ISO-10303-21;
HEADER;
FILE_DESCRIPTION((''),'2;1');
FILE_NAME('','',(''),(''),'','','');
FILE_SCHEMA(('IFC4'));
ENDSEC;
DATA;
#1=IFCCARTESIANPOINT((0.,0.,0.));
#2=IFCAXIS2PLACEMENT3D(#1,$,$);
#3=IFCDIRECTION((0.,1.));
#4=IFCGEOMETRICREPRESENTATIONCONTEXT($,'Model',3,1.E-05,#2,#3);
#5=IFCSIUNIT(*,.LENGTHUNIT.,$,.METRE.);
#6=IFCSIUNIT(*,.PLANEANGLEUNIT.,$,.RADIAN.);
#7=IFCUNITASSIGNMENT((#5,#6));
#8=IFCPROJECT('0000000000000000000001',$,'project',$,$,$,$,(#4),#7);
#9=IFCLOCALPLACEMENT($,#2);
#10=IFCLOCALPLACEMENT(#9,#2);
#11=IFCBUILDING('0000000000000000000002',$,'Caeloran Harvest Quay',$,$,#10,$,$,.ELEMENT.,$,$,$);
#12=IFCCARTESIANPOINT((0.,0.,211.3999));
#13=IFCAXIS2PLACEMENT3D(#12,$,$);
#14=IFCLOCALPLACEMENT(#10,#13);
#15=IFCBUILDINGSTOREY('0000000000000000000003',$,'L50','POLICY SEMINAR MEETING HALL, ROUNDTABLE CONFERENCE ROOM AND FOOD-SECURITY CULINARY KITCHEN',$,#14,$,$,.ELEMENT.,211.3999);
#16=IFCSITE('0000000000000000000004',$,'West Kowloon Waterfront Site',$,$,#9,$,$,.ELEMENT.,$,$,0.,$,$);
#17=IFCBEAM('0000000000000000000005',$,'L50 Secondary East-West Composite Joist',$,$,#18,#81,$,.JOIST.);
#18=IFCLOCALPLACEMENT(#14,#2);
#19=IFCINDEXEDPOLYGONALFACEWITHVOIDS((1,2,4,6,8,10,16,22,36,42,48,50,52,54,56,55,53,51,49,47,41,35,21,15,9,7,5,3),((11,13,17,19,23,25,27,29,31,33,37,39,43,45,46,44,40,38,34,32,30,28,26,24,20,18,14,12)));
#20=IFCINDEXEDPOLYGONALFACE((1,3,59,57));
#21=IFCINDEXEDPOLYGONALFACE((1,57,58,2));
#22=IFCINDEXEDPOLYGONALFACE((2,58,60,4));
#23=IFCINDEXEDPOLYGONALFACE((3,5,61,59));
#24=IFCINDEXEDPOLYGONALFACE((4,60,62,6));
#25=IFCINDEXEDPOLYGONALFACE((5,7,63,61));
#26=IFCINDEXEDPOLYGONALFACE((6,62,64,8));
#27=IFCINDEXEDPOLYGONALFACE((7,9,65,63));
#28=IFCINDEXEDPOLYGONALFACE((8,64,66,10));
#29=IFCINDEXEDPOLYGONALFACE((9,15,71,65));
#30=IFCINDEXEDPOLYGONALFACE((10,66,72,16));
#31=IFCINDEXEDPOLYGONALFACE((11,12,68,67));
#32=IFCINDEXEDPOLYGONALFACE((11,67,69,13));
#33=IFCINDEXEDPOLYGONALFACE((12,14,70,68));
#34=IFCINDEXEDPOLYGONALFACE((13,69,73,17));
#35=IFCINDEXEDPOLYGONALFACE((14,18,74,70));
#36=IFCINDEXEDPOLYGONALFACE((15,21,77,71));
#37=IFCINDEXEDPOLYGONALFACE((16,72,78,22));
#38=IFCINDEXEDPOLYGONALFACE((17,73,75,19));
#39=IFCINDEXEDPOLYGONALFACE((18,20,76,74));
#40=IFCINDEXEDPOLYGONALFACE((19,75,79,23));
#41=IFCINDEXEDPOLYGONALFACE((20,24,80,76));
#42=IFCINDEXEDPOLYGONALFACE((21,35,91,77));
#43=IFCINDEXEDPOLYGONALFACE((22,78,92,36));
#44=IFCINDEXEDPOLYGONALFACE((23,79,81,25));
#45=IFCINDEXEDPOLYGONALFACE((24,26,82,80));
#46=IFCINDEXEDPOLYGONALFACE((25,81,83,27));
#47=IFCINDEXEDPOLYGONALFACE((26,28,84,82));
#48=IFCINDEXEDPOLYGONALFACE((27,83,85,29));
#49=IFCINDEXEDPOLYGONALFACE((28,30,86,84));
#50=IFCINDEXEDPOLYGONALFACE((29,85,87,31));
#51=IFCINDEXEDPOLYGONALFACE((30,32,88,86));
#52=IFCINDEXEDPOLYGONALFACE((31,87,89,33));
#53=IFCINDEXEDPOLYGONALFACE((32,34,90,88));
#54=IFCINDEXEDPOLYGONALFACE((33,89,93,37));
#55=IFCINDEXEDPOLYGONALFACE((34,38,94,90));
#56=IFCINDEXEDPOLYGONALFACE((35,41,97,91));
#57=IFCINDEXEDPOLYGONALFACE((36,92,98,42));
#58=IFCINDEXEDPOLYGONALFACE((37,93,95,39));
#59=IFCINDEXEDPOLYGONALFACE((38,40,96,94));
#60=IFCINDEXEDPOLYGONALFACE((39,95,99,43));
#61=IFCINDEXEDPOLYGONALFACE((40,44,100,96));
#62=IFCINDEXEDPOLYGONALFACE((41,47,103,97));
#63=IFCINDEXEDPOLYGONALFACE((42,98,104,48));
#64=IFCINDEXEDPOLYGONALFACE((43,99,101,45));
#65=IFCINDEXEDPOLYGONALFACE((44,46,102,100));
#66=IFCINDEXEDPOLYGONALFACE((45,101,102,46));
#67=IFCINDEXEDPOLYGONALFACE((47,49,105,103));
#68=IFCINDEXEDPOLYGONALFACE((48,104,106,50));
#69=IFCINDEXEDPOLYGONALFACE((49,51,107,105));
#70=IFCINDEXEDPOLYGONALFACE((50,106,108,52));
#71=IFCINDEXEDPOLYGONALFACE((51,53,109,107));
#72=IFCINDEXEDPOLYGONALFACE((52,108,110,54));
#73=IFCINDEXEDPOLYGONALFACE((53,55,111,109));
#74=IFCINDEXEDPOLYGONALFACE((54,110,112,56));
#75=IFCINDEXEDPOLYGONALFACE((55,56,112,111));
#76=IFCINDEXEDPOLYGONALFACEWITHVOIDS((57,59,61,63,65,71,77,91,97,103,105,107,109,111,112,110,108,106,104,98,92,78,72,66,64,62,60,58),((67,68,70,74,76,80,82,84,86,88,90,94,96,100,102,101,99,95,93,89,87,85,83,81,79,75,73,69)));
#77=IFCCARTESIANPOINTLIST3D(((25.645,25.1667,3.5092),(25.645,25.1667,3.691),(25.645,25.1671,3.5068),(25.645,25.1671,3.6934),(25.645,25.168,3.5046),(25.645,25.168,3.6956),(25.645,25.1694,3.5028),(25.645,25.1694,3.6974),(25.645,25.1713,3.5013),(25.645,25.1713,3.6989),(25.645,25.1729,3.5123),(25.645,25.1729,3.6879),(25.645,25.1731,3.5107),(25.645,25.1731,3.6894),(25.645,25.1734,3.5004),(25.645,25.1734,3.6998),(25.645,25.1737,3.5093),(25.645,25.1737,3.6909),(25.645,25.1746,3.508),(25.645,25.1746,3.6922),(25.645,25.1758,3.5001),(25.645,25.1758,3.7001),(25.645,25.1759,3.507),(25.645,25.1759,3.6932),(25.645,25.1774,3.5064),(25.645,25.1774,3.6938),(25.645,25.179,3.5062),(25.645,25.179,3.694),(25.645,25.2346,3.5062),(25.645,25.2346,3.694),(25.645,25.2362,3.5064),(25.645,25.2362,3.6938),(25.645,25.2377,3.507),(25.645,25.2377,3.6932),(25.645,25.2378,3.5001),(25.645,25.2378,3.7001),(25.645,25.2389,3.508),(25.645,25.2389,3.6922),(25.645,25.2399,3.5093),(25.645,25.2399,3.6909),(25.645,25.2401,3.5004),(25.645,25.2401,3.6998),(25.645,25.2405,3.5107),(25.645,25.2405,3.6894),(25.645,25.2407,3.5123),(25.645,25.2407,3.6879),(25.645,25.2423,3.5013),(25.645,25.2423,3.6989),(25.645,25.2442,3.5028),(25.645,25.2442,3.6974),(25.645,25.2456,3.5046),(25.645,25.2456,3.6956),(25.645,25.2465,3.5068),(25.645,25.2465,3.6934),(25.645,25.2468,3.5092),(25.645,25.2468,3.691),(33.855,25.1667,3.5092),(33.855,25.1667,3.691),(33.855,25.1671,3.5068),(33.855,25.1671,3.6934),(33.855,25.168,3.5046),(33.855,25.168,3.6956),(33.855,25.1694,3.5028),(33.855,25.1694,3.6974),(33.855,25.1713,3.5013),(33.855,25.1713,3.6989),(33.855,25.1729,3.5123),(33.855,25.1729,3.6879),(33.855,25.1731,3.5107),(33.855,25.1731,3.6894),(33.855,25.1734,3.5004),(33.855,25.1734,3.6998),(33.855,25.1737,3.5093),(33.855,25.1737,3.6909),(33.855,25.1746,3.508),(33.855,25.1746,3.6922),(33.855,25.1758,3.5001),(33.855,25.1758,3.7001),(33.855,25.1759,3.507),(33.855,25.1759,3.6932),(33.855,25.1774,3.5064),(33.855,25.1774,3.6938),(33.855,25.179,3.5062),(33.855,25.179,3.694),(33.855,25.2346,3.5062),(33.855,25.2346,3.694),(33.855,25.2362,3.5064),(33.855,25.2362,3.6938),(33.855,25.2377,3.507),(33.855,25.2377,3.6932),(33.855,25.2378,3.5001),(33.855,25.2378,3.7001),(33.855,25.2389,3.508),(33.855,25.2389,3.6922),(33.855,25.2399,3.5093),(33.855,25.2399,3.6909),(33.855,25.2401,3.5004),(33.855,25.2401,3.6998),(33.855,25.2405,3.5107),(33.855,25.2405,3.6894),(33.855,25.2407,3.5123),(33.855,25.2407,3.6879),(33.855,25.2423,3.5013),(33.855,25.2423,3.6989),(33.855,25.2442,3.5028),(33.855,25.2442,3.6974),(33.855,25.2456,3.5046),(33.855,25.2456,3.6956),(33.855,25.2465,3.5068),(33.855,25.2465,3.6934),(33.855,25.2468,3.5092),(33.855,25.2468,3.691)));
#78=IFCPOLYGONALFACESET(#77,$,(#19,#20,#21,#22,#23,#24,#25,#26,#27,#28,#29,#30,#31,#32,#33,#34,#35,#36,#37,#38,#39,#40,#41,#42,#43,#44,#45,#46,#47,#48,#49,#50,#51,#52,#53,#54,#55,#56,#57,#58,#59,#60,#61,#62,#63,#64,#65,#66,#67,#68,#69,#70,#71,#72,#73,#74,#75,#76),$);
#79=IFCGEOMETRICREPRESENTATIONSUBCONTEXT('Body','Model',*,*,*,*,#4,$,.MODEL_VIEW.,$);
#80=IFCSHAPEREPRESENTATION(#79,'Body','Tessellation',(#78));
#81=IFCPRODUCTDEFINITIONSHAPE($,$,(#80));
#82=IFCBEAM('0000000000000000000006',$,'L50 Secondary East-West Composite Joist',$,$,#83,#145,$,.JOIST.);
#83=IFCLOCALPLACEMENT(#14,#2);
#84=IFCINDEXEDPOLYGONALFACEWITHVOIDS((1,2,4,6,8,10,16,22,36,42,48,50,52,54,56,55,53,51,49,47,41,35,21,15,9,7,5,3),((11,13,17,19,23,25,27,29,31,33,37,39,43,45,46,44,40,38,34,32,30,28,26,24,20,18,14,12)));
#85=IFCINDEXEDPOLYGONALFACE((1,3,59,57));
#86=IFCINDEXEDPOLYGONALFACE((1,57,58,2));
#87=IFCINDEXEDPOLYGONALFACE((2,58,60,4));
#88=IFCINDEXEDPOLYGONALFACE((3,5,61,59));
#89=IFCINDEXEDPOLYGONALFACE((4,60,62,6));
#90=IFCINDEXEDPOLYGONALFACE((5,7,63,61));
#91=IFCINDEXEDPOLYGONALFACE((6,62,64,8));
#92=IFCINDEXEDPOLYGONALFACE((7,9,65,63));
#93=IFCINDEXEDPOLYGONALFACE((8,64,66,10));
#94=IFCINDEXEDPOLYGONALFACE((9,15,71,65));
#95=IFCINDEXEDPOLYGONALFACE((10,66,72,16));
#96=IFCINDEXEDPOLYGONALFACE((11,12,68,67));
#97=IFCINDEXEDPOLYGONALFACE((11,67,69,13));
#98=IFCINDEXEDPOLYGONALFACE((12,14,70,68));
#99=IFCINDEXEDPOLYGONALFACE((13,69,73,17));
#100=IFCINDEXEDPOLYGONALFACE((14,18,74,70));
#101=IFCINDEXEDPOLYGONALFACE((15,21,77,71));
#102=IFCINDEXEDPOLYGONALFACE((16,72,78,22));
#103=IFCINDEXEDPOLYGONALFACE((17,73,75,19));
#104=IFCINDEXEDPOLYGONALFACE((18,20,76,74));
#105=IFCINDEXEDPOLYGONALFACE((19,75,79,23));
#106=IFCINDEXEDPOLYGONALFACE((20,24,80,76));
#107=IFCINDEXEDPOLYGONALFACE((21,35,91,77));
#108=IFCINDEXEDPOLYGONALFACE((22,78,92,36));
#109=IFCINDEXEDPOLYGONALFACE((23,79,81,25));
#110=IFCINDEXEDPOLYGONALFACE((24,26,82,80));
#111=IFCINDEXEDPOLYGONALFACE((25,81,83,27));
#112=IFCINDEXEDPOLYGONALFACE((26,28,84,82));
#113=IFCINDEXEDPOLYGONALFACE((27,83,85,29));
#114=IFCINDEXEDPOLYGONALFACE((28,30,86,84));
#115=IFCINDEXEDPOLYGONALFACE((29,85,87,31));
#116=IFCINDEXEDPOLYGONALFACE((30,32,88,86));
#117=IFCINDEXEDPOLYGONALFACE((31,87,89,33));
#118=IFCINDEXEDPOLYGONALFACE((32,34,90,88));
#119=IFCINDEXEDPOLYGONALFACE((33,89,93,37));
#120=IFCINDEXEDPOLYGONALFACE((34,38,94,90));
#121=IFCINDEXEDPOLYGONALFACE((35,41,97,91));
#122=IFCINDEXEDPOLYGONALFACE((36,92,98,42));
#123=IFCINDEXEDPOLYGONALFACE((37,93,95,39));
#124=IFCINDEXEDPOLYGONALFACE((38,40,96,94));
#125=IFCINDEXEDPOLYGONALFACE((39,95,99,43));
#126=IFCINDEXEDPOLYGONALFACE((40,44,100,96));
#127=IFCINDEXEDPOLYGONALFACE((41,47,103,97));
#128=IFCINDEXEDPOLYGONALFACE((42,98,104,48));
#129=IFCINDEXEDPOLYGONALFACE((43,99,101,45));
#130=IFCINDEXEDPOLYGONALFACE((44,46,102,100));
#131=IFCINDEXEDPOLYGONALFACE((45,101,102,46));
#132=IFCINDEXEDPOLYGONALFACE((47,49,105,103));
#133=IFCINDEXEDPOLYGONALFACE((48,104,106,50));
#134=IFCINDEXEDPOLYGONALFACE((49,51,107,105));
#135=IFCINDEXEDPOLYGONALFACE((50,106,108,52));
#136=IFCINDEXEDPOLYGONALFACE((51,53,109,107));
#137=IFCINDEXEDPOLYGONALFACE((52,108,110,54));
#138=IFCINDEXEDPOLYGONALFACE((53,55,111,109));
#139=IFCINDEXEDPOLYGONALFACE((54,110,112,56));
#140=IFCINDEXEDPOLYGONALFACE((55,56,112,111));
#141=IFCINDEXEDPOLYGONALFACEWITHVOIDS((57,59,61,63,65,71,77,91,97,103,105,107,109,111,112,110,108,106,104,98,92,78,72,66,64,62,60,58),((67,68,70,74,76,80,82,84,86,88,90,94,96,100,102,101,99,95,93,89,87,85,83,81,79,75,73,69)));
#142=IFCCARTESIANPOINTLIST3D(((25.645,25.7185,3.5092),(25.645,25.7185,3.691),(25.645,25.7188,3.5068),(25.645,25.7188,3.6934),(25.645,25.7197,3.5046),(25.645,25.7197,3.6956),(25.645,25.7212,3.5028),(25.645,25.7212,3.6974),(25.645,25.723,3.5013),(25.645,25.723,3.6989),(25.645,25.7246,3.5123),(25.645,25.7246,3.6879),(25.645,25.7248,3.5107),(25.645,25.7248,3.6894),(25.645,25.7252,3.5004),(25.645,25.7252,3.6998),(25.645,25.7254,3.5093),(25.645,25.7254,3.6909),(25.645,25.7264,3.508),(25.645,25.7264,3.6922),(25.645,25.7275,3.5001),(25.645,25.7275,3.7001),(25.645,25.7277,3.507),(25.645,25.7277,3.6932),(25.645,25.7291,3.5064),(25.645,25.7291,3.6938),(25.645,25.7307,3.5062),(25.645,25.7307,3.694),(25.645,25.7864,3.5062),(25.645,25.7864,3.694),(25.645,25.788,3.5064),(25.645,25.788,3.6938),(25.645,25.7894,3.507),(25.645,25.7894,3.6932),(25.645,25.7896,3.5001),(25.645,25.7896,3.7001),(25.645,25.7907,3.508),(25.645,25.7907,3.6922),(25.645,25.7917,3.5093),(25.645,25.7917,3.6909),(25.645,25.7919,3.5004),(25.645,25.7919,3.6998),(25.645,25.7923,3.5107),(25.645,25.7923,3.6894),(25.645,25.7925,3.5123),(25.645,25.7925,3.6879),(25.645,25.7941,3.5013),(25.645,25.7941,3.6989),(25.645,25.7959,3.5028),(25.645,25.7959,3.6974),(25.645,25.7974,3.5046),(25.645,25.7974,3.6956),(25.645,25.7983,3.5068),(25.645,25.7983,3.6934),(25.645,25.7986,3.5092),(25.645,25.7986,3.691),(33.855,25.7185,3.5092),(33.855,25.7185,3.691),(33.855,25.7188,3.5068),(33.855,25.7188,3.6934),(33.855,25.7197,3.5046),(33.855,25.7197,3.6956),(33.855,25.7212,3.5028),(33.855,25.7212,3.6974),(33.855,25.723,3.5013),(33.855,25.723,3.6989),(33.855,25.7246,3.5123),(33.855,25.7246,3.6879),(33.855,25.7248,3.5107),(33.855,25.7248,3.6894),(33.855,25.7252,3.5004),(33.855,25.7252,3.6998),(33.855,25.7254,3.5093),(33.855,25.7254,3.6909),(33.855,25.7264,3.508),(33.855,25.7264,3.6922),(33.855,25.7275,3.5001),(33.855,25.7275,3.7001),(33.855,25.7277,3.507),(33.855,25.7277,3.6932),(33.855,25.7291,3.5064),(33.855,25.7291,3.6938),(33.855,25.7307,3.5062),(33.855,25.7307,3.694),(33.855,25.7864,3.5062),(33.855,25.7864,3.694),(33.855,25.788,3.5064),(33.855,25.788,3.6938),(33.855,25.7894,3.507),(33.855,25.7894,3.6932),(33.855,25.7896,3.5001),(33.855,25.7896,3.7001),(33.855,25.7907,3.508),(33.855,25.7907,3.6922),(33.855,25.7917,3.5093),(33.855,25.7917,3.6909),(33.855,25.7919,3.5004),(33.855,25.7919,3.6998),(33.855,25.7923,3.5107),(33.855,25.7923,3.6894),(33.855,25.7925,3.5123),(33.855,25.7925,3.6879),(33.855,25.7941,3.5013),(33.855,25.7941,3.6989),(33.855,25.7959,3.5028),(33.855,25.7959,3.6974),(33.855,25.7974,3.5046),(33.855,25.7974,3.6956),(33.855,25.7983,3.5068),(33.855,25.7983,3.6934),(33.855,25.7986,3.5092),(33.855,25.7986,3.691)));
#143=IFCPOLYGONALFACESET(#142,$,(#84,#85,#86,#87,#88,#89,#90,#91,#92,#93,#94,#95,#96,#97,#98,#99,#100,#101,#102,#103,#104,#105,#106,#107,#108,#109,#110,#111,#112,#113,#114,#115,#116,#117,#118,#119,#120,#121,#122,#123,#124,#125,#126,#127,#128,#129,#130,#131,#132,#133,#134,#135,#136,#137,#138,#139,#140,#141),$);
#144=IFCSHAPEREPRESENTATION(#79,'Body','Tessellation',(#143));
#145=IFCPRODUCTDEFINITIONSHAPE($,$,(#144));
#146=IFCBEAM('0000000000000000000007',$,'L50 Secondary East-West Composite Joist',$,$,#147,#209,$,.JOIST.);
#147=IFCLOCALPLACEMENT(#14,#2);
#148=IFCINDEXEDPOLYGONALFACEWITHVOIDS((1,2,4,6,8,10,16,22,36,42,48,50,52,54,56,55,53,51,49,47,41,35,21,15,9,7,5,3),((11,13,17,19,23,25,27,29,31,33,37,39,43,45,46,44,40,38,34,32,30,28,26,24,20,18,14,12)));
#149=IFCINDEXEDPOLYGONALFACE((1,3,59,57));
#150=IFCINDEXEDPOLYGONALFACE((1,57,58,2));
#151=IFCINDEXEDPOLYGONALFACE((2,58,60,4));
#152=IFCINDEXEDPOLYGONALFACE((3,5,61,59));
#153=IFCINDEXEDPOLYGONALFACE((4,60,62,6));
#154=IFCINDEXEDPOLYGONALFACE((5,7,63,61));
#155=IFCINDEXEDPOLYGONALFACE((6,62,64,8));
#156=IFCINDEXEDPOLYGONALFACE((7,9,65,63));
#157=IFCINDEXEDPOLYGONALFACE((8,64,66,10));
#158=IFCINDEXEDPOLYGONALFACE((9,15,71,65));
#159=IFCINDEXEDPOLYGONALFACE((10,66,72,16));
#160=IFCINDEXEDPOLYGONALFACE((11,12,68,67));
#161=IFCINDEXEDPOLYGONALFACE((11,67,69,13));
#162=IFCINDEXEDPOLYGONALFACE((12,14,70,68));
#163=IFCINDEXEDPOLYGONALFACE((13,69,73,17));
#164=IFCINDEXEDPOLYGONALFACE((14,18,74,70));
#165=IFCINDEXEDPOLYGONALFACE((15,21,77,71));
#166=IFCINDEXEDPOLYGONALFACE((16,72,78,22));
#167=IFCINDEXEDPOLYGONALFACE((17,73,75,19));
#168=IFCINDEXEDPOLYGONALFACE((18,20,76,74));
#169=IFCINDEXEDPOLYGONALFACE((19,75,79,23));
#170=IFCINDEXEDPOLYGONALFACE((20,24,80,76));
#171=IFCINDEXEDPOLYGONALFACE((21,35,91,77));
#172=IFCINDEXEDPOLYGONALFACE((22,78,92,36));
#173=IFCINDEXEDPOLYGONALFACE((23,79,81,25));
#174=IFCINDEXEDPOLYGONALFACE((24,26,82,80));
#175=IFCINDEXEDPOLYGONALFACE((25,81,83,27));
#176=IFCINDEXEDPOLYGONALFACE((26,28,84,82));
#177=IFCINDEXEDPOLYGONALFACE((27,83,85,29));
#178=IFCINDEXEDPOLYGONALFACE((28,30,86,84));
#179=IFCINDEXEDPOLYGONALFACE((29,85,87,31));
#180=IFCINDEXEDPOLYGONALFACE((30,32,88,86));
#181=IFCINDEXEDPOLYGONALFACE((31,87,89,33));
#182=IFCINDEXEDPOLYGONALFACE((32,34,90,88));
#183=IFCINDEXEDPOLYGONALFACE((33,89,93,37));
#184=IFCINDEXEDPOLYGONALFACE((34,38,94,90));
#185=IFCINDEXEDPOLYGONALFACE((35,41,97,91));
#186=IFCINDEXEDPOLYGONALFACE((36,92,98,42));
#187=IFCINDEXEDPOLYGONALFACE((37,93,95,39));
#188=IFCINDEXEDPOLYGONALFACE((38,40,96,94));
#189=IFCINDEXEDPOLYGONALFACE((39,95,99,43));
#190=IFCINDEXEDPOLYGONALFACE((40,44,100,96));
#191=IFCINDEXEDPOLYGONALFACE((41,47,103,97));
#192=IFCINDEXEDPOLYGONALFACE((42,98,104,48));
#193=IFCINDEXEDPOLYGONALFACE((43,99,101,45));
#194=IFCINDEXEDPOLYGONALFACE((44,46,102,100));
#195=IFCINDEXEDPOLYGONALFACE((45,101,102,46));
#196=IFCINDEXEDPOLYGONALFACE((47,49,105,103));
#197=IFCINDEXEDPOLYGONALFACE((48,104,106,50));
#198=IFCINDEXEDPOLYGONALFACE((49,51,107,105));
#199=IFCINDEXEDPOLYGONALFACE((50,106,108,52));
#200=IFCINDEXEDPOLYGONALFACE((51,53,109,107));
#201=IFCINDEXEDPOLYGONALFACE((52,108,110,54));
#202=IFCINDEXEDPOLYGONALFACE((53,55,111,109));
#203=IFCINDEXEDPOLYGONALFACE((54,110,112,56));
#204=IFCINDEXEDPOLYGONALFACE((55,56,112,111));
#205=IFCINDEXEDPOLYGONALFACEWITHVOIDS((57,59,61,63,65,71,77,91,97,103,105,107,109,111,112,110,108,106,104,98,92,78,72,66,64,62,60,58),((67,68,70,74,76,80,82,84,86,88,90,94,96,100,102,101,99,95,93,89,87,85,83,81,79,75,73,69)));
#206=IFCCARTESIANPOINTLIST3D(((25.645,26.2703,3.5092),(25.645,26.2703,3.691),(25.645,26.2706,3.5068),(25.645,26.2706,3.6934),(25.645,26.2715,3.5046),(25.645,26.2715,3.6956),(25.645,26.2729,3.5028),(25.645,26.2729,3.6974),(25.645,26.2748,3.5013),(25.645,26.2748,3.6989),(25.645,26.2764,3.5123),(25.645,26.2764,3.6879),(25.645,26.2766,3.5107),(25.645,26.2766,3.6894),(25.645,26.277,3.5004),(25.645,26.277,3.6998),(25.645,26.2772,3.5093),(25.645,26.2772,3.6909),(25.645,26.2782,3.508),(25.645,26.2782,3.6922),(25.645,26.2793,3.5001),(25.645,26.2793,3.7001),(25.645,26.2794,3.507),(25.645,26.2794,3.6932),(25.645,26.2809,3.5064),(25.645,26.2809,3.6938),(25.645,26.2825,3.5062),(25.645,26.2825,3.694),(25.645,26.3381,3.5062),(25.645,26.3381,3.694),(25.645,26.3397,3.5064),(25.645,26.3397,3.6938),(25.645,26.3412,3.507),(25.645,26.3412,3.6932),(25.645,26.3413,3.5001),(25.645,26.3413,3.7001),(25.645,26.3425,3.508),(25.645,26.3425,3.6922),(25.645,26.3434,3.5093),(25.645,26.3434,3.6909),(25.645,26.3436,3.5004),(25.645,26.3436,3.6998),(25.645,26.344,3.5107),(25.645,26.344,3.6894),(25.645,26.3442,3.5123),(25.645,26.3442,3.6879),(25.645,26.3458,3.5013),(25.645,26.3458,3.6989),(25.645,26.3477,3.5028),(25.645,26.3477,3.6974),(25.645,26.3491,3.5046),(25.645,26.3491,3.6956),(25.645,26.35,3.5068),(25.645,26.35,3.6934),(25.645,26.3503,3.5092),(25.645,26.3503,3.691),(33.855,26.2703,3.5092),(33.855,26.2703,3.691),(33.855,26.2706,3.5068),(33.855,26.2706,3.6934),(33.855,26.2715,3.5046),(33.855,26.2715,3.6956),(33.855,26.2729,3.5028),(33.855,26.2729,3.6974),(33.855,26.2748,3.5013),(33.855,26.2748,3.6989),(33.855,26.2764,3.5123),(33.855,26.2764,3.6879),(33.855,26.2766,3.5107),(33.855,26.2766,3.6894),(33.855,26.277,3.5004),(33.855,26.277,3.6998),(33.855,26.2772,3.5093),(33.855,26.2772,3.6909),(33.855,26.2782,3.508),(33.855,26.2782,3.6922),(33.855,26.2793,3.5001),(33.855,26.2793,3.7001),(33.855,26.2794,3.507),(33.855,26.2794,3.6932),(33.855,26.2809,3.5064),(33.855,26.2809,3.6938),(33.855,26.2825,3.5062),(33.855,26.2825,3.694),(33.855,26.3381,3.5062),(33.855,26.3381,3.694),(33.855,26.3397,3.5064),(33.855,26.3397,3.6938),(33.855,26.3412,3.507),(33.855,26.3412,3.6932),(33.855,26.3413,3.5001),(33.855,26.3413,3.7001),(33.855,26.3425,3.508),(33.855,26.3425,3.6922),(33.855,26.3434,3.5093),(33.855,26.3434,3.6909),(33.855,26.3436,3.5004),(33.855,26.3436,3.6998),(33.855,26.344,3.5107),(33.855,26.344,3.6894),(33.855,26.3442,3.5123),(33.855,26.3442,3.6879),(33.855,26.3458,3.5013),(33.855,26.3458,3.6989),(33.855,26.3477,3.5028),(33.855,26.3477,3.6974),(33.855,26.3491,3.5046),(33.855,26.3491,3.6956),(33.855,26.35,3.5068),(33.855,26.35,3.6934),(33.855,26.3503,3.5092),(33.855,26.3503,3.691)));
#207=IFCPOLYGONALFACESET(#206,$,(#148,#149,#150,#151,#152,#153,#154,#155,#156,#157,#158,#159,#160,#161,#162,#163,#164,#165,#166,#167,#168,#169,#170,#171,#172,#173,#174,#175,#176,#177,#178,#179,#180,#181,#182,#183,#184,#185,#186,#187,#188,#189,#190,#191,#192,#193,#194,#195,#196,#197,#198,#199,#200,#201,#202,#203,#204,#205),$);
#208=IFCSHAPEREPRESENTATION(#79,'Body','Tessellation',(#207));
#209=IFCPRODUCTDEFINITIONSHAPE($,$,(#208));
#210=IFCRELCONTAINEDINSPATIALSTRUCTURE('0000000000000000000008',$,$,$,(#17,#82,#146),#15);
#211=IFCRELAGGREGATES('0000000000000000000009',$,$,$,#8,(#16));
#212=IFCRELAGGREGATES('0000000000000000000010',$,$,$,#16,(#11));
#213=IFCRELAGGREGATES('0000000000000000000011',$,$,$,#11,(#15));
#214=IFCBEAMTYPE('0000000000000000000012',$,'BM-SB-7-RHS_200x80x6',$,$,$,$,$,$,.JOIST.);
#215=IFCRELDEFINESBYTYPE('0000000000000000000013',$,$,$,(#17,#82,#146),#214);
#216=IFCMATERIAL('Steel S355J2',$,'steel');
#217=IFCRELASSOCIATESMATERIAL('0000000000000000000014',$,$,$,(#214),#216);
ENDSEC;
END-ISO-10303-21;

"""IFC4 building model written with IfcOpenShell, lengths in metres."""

from ifc_helpers import new_model, si_unit, direction, frame, origin, origin_2d, place, context, subcontext, project, spatial, hollow_rectangle, extrude, material, material_profile, profile_set, type_object, element, save


model = new_model("IFC4")

# Units and contexts
model_context = context("Model", 3, precision=1e-05, world=origin(), true_north=direction((0.0, 1.0)))
body_context = subcontext(model_context, "Body", "Model", "MODEL_VIEW")
ifc_project = project(units=[si_unit("LENGTHUNIT", "METRE"), si_unit("PLANEANGLEUNIT", "RADIAN")], contexts=[model_context])

# Site, building, storey
site_placement = place(None, origin())
site = spatial("IfcSite", under=ifc_project, at=site_placement, Name="West Kowloon Waterfront Site", CompositionType="ELEMENT", RefElevation=0.0)
building_placement = place(site_placement, origin())
building = spatial("IfcBuilding", under=site, at=building_placement, Name="Caeloran Harvest Quay", CompositionType="ELEMENT")
storey_placement = place(building_placement, frame((0.0, 0.0, 211.3999)))
storey = spatial("IfcBuildingStorey", under=building, at=storey_placement, Name="L50", Description="POLICY SEMINAR MEETING HALL, ROUNDTABLE CONFERENCE ROOM AND FOOD-SECURITY CULINARY KITCHEN", CompositionType="ELEMENT", Elevation=211.3999)

# Beams
ifc_material_1 = material(Name="Steel S355J2", Category="steel")
ifc_material_profile_1 = material_profile(ifc_material_1, hollow_rectangle(XDim=0.0801, YDim=0.2, WallThickness=0.0061, InnerFilletRadius=0.0061, OuterFilletRadius=0.009, at=origin_2d()), Name="RHS 200x80x6")
ifc_profile_set_1 = profile_set([ifc_material_profile_1], Name="Steel S355J2")
beam_type_1 = type_object("IfcBeamType", Name="BM-SB-7-RHS_200x80x6", PredefinedType="JOIST", material=ifc_profile_set_1)
for number, where, z_axis, x_axis, name in (
    (1, (25.645, 25.2068, 3.6001), (1.0, 0.0, 0.0), (0.0, 1.0, 0.0), "L50 Secondary East-West Composite Joist"),
    (2, (25.645, 25.7585, 3.6001), (1.0, 0.0, 0.0), (0.0, 1.0, 0.0), "L50 Secondary East-West Composite Joist"),
    (3, (25.645, 26.3103, 3.6001), (1.0, 0.0, 0.0), (0.0, 1.0, 0.0), "L50 Secondary East-West Composite Joist"),
):
    element("IfcBeam", number, at=place(storey_placement, frame(where, z_axis=z_axis, x_axis=x_axis)), inside=storey, type_object=beam_type_1, Name=name, PredefinedType="JOIST", context=body_context, shape_type="SweptSolid", body=[
        extrude(hollow_rectangle(XDim=0.0801, YDim=0.2, WallThickness=0.0061, InnerFilletRadius=0.0061, OuterFilletRadius=0.009, at=origin_2d()), origin(), (0.0, 0.0, 1.0), 8.21),
    ])

save(model, "model.ifc")
